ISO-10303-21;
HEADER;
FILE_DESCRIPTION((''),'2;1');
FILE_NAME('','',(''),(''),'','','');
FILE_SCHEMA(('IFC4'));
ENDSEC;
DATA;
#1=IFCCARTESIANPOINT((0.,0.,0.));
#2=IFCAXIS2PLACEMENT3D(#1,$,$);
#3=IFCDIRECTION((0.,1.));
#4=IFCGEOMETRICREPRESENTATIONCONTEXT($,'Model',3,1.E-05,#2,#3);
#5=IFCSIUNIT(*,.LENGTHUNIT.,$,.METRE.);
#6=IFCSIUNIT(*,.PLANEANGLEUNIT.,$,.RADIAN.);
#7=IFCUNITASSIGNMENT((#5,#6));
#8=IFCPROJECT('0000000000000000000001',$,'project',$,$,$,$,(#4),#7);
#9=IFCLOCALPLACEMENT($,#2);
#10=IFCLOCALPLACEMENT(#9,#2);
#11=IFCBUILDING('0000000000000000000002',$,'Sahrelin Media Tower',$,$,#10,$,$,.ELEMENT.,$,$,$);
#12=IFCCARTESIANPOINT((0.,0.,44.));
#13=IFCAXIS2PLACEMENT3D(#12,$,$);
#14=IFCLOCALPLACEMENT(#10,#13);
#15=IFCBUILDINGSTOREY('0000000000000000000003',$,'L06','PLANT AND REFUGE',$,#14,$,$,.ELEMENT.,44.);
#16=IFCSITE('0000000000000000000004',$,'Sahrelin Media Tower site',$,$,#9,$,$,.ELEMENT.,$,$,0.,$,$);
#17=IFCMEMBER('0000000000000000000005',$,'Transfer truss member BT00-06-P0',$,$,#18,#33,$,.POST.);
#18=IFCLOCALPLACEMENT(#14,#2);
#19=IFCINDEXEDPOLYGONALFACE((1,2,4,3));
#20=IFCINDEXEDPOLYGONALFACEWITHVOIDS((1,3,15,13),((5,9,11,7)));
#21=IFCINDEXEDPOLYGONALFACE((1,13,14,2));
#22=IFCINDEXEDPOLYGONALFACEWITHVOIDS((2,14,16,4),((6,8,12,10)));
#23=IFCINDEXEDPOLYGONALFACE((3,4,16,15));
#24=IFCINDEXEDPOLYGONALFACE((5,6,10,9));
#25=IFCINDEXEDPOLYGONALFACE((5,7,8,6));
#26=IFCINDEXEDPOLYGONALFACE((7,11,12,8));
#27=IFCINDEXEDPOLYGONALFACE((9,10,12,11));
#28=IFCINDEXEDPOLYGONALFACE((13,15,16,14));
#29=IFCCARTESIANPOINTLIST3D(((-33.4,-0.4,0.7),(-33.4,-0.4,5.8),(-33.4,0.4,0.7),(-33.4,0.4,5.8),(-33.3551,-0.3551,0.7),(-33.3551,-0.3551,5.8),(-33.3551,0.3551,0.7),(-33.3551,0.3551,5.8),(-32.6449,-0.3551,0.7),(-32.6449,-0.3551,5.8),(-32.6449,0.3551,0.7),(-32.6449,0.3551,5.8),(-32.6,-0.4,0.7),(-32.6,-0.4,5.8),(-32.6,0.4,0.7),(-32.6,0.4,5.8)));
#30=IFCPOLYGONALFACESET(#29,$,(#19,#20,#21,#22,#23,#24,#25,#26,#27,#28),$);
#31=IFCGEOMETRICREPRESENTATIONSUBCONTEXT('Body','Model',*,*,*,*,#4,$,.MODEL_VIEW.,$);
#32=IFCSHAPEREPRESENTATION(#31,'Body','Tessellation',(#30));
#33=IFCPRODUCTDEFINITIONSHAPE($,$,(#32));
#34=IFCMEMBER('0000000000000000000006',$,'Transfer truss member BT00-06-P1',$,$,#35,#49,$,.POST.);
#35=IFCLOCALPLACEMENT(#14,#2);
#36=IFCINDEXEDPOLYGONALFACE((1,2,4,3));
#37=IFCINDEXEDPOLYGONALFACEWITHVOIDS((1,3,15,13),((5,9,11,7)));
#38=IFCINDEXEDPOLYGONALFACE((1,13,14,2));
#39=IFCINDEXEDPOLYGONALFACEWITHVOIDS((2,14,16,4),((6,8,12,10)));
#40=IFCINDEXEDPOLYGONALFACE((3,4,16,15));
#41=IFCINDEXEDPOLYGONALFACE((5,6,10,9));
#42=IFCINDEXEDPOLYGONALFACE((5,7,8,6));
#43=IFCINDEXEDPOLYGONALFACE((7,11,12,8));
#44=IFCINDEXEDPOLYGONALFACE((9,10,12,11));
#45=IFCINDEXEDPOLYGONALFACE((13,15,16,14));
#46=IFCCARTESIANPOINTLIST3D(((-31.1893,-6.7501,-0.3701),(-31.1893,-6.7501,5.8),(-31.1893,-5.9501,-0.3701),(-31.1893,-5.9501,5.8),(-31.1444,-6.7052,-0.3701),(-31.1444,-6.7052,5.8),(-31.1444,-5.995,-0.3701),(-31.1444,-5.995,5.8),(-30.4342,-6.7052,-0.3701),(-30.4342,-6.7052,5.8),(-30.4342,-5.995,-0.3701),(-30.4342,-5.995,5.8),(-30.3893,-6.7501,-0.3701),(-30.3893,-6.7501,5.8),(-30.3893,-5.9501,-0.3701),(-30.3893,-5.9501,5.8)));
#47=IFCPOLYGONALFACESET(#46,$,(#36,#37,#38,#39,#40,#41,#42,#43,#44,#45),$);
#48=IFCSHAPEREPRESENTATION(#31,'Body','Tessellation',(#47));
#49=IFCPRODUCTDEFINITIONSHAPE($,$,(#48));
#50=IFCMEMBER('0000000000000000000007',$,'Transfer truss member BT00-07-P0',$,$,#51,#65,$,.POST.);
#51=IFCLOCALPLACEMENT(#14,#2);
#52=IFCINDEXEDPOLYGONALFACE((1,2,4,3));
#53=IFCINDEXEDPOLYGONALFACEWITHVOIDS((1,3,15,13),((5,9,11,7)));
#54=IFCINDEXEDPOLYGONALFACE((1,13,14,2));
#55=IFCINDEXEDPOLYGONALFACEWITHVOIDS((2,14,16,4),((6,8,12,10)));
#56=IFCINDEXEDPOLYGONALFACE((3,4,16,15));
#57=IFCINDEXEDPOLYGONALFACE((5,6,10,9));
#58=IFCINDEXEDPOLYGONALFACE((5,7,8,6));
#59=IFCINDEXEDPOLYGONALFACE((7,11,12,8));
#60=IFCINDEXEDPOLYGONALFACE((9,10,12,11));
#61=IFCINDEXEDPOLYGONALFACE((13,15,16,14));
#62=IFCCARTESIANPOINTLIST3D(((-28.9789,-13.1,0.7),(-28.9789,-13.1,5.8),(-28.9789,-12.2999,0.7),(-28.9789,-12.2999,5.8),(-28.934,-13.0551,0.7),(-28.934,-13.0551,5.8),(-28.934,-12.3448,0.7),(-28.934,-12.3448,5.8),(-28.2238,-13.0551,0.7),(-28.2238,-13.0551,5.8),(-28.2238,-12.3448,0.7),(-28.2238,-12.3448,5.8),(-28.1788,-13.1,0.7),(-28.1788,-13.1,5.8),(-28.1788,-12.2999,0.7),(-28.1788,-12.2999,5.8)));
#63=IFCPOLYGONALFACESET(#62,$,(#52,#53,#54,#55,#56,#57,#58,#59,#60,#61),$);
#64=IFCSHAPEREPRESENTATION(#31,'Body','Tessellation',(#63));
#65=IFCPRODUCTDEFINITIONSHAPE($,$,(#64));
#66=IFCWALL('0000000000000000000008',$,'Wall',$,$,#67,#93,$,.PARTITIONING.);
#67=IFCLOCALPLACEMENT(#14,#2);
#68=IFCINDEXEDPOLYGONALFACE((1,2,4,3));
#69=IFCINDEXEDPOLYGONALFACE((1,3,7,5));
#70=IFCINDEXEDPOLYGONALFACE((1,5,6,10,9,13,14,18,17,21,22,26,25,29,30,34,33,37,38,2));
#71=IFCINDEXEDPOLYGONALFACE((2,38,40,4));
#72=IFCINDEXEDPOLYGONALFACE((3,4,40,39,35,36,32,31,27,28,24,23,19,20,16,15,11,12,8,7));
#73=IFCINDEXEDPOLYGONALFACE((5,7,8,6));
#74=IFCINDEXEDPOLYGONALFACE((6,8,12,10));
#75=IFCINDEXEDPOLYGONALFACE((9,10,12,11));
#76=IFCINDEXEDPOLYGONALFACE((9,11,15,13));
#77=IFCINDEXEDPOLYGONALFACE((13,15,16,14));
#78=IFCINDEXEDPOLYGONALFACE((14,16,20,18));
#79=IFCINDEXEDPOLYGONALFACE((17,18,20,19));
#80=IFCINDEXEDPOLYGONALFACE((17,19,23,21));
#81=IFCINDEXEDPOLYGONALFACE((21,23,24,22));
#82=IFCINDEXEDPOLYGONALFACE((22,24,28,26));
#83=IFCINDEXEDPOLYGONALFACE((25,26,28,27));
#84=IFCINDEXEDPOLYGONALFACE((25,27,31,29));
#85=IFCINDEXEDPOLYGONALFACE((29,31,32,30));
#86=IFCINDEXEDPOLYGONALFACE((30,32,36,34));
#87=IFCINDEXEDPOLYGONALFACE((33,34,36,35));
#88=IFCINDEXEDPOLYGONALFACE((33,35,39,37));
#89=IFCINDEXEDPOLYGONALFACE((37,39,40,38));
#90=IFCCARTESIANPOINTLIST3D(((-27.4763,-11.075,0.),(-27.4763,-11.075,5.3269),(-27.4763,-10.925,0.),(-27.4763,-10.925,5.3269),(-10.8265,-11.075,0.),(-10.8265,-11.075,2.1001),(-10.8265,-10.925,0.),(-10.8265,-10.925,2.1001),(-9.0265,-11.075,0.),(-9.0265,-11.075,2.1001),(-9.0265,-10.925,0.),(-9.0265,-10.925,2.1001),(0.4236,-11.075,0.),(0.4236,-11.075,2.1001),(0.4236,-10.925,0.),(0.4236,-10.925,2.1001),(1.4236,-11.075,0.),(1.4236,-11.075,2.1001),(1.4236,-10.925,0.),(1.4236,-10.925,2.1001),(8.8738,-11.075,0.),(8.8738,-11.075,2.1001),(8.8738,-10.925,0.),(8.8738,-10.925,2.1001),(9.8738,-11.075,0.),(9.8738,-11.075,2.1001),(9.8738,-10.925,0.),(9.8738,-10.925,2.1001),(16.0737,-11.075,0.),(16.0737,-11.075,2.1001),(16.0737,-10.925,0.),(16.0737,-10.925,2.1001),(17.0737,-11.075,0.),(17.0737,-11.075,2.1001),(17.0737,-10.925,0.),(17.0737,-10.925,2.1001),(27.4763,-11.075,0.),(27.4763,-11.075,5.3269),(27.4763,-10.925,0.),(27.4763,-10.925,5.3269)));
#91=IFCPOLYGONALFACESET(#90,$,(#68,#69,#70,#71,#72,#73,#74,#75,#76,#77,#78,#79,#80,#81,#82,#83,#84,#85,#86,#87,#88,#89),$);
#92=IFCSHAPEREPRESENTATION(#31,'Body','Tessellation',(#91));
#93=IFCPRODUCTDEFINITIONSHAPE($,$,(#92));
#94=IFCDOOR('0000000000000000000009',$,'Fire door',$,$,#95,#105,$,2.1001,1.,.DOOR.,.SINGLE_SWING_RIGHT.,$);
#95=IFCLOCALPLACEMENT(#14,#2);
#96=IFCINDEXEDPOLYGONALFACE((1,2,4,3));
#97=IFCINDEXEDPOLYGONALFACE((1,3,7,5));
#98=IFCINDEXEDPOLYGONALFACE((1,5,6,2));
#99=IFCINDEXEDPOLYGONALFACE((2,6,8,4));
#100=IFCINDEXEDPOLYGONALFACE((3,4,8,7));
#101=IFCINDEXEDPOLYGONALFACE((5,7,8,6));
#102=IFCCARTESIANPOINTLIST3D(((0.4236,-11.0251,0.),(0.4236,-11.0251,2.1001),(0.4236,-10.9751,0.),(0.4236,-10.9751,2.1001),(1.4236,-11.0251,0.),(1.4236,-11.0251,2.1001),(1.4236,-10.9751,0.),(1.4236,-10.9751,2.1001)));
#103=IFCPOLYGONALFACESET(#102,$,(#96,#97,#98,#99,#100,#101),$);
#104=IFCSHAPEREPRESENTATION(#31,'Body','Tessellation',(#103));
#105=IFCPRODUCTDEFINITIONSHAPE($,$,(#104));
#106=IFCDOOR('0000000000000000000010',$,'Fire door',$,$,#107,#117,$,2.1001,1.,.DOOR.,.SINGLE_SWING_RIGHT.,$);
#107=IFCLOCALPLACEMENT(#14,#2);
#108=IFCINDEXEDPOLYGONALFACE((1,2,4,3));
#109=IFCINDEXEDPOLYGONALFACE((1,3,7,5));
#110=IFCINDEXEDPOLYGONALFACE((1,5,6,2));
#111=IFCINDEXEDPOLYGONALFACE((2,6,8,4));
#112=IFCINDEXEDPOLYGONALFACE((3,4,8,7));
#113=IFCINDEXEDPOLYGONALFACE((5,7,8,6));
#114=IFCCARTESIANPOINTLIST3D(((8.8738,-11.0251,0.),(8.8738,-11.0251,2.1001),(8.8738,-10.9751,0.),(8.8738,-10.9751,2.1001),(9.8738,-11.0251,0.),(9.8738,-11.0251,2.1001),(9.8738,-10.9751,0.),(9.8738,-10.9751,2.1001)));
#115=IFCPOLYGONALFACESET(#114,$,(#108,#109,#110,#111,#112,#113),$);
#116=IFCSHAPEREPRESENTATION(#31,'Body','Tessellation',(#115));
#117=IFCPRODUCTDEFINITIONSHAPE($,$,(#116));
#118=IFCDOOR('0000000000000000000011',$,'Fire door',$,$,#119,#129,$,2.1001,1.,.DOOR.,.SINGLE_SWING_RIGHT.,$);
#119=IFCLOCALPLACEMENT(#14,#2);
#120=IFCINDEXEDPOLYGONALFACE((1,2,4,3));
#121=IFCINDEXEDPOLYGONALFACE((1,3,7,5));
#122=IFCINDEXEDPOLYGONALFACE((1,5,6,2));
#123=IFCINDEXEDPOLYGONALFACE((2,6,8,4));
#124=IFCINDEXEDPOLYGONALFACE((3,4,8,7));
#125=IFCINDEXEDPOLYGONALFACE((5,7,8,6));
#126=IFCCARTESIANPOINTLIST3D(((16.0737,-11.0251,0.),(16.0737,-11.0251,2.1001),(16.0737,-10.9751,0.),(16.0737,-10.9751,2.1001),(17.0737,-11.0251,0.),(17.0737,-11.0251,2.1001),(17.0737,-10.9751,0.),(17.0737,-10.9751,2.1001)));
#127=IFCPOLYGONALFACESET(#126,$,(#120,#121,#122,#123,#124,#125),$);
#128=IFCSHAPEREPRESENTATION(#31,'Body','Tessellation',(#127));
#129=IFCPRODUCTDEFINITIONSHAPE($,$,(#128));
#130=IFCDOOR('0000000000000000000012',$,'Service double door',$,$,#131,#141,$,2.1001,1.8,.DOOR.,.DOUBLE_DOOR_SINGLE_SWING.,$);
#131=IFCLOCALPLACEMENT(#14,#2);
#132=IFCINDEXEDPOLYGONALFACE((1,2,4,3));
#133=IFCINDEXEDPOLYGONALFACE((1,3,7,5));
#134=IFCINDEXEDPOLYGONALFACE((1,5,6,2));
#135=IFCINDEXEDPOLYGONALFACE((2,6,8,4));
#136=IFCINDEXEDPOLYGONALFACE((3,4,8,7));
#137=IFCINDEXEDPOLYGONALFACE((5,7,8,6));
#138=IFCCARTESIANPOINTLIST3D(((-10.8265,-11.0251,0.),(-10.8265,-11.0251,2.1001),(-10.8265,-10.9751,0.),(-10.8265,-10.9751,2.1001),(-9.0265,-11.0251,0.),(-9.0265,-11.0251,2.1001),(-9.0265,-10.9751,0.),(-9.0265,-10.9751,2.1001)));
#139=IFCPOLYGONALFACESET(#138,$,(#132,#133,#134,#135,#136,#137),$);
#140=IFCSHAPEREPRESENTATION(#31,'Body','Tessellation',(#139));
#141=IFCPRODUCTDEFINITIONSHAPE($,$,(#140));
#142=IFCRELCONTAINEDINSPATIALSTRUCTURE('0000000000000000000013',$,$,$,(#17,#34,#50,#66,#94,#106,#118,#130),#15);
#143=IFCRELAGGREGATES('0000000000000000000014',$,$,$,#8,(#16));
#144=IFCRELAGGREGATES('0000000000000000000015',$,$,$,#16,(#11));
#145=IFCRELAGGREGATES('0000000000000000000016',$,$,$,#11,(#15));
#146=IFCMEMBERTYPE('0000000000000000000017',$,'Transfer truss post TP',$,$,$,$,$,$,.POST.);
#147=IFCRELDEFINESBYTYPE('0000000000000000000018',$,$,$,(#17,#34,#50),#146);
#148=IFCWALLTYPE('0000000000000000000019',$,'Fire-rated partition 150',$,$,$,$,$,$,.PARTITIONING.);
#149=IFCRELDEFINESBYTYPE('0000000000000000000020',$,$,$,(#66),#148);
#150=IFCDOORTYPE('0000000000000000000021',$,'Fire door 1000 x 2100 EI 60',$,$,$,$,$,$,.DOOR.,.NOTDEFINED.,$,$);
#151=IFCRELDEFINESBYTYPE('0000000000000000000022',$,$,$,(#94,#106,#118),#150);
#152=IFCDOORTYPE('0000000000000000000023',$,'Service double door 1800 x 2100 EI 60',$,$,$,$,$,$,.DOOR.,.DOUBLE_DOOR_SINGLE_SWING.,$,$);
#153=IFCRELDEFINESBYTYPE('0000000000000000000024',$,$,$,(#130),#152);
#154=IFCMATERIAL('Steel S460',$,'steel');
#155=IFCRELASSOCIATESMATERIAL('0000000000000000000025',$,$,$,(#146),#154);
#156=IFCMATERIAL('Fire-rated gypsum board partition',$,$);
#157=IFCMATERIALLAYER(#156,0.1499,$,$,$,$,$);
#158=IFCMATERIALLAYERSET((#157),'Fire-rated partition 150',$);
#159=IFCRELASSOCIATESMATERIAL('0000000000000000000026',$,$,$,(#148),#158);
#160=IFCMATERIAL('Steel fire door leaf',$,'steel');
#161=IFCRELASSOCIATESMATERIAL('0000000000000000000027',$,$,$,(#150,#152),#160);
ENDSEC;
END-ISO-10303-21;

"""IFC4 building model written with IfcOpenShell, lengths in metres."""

from ifc_helpers import new_model, si_unit, direction, frame, frame_2d, origin, origin_2d, place, context, subcontext, project, spatial, rectangle, hollow_rectangle, extrude, material, layer, layer_set, material_profile, profile_set, type_object, element, fill, save


model = new_model("IFC4")

# Units and contexts
model_context = context("Model", 3, precision=1e-05, world=origin(), true_north=direction((0.0, 1.0)))
body_context = subcontext(model_context, "Body", "Model", "MODEL_VIEW")
ifc_project = project(units=[si_unit("LENGTHUNIT", "METRE"), si_unit("PLANEANGLEUNIT", "RADIAN")], contexts=[model_context])

# Site, building, storey
site_placement = place(None, origin())
site = spatial("IfcSite", under=ifc_project, at=site_placement, Name="Sahrelin Media Tower site", CompositionType="ELEMENT", RefElevation=0.0)
building_placement = place(site_placement, origin())
building = spatial("IfcBuilding", under=site, at=building_placement, Name="Sahrelin Media Tower", CompositionType="ELEMENT")
storey_placement = place(building_placement, frame((0.0, 0.0, 44.0)))
storey = spatial("IfcBuildingStorey", under=building, at=storey_placement, Name="L06", Description="PLANT AND REFUGE", CompositionType="ELEMENT", Elevation=44.0)

# Shared definitions
ifc_material_1 = material(Name="Steel S460", Category="steel")

# Members
ifc_material_profile_1 = material_profile(ifc_material_1, hollow_rectangle(XDim=0.8, YDim=0.8, WallThickness=0.0449, at=origin_2d()), Name="Transfer truss post TP")
ifc_profile_set_1 = profile_set([ifc_material_profile_1], Name="Steel S460")
member_type_1 = type_object("IfcMemberType", Name="Transfer truss post TP", PredefinedType="POST", material=ifc_profile_set_1)
member_1_placement = place(storey_placement, frame((-33.0, 0.0, 0.7), z_axis=(0.0, 0.0, 1.0), x_axis=(1.0, 0.0, 0.0)))
element("IfcMember", 1, at=member_1_placement, inside=storey, type_object=member_type_1, Name="Transfer truss member BT00-06-P0", PredefinedType="POST", context=body_context, shape_type="SweptSolid", body=[
    extrude(hollow_rectangle(XDim=0.8, YDim=0.8, WallThickness=0.0449, at=origin_2d()), origin(), (0.0, 0.0, 1.0), 5.1001),
])
member_2_placement = place(storey_placement, frame((-30.7893, -6.3501, -0.3701), z_axis=(0.0, 0.0, 1.0), x_axis=(1.0, 0.0, 0.0)))
element("IfcMember", 2, at=member_2_placement, inside=storey, type_object=member_type_1, Name="Transfer truss member BT00-06-P1", PredefinedType="POST", context=body_context, shape_type="SweptSolid", body=[
    extrude(hollow_rectangle(XDim=0.8, YDim=0.8, WallThickness=0.0449, at=origin_2d()), origin(), (0.0, 0.0, 1.0), 6.1702),
])
member_3_placement = place(storey_placement, frame((-28.5789, -12.7, 0.7), z_axis=(0.0, 0.0, 1.0), x_axis=(1.0, 0.0, 0.0)))
element("IfcMember", 3, at=member_3_placement, inside=storey, type_object=member_type_1, Name="Transfer truss member BT00-07-P0", PredefinedType="POST", context=body_context, shape_type="SweptSolid", body=[
    extrude(hollow_rectangle(XDim=0.8, YDim=0.8, WallThickness=0.0449, at=origin_2d()), origin(), (0.0, 0.0, 1.0), 5.1001),
])

# Wall, openings, doors
ifc_material_2 = material(Name="Fire-rated gypsum board partition")
ifc_layer = layer(ifc_material_2, 0.1499)
ifc_layer_set = layer_set([ifc_layer], Name="Fire-rated partition 150")
wall_type = type_object("IfcWallType", Name="Fire-rated partition 150", PredefinedType="PARTITIONING", material=ifc_layer_set)
wall_1_placement = place(storey_placement, frame((-27.4763, -11.0, 0.0), z_axis=(0.0, 0.0, 1.0), x_axis=(1.0, 0.0, 0.0)))
wall_1 = element("IfcWall", 4, at=wall_1_placement, inside=storey, type_object=wall_type, Name="Wall", PredefinedType="PARTITIONING", context=body_context, shape_type="SweptSolid", body=[
    extrude(rectangle(XDim=54.9526, YDim=0.1499, at=frame_2d((27.4763, 0.0))), origin(), (0.0, 0.0, 1.0), 5.3269),
])
opening_1_placement = place(wall_1_placement, frame((27.8999, 0.0, 0.0)))
opening_1 = element("IfcOpeningElement", 5, at=opening_1_placement, cuts=wall_1, PredefinedType="OPENING", context=body_context, shape_type="SweptSolid", body=[
    extrude(rectangle(XDim=1.0, YDim=2.1001, at=frame_2d((0.5, 1.05))), frame((0.0, 0.075, 0.0), z_axis=(0.0, -1.0, 0.0), x_axis=(1.0, 0.0, 0.0)), (0.0, 0.0, 1.0), 0.1499),
])
opening_2_placement = place(wall_1_placement, frame((36.3501, 0.0, 0.0)))
opening_2 = element("IfcOpeningElement", 6, at=opening_2_placement, cuts=wall_1, PredefinedType="OPENING", context=body_context, shape_type="SweptSolid", body=[
    extrude(rectangle(XDim=1.0, YDim=2.1001, at=frame_2d((0.5, 1.05))), frame((0.0, 0.075, 0.0), z_axis=(0.0, -1.0, 0.0), x_axis=(1.0, 0.0, 0.0)), (0.0, 0.0, 1.0), 0.1499),
])
opening_3_placement = place(wall_1_placement, frame((43.55, 0.0, 0.0)))
opening_3 = element("IfcOpeningElement", 7, at=opening_3_placement, cuts=wall_1, PredefinedType="OPENING", context=body_context, shape_type="SweptSolid", body=[
    extrude(rectangle(XDim=1.0, YDim=2.1001, at=frame_2d((0.5, 1.05))), frame((0.0, 0.075, 0.0), z_axis=(0.0, -1.0, 0.0), x_axis=(1.0, 0.0, 0.0)), (0.0, 0.0, 1.0), 0.1499),
])
opening_4_placement = place(wall_1_placement, frame((16.6499, 0.0, 0.0)))
opening_4 = element("IfcOpeningElement", 8, at=opening_4_placement, cuts=wall_1, PredefinedType="OPENING", context=body_context, shape_type="SweptSolid", body=[
    extrude(rectangle(XDim=1.8, YDim=2.1001, at=frame_2d((0.8999, 1.05))), frame((0.0, 0.075, 0.0), z_axis=(0.0, -1.0, 0.0), x_axis=(1.0, 0.0, 0.0)), (0.0, 0.0, 1.0), 0.1499),
])
ifc_material_3 = material(Name="Steel fire door leaf", Category="steel")
door_type_1 = type_object("IfcDoorType", Name="Fire door 1000 x 2100 EI 60", OperationType="NOTDEFINED", PredefinedType="DOOR", material=ifc_material_3)
door_1_placement = place(opening_1_placement, origin())
door_1 = element("IfcDoor", 9, at=door_1_placement, inside=storey, type_object=door_type_1, Name="Fire door", OperationType="SINGLE_SWING_RIGHT", OverallHeight=2.1001, OverallWidth=1.0, PredefinedType="DOOR", context=body_context, shape_type="SweptSolid", body=[
    extrude(rectangle(XDim=1.0, YDim=2.1001, at=frame_2d((0.5, 1.05))), frame((0.0, 0.0249, 0.0), z_axis=(0.0, -1.0, 0.0), x_axis=(1.0, 0.0, 0.0)), (0.0, 0.0, 1.0), 0.05),
])
fill(opening_1, door_1)
door_2_placement = place(opening_2_placement, origin())
door_2 = element("IfcDoor", 10, at=door_2_placement, inside=storey, type_object=door_type_1, Name="Fire door", OperationType="SINGLE_SWING_RIGHT", OverallHeight=2.1001, OverallWidth=1.0, PredefinedType="DOOR", context=body_context, shape_type="SweptSolid", body=[
    extrude(rectangle(XDim=1.0, YDim=2.1001, at=frame_2d((0.5, 1.05))), frame((0.0, 0.0249, 0.0), z_axis=(0.0, -1.0, 0.0), x_axis=(1.0, 0.0, 0.0)), (0.0, 0.0, 1.0), 0.05),
])
fill(opening_2, door_2)
door_3_placement = place(opening_3_placement, origin())
door_3 = element("IfcDoor", 11, at=door_3_placement, inside=storey, type_object=door_type_1, Name="Fire door", OperationType="SINGLE_SWING_RIGHT", OverallHeight=2.1001, OverallWidth=1.0, PredefinedType="DOOR", context=body_context, shape_type="SweptSolid", body=[
    extrude(rectangle(XDim=1.0, YDim=2.1001, at=frame_2d((0.5, 1.05))), frame((0.0, 0.0249, 0.0), z_axis=(0.0, -1.0, 0.0), x_axis=(1.0, 0.0, 0.0)), (0.0, 0.0, 1.0), 0.05),
])
fill(opening_3, door_3)
door_type_2 = type_object("IfcDoorType", Name="Service double door 1800 x 2100 EI 60", OperationType="DOUBLE_DOOR_SINGLE_SWING", PredefinedType="DOOR", material=ifc_material_3)
door_4_placement = place(opening_4_placement, origin())
door_4 = element("IfcDoor", 12, at=door_4_placement, inside=storey, type_object=door_type_2, Name="Service double door", OperationType="DOUBLE_DOOR_SINGLE_SWING", OverallHeight=2.1001, OverallWidth=1.8, PredefinedType="DOOR", context=body_context, shape_type="SweptSolid", body=[
    extrude(rectangle(XDim=1.8, YDim=2.1001, at=frame_2d((0.8999, 1.05))), frame((0.0, 0.0249, 0.0), z_axis=(0.0, -1.0, 0.0), x_axis=(1.0, 0.0, 0.0)), (0.0, 0.0, 1.0), 0.05),
])
fill(opening_4, door_4)

save(model, "model.ifc")
